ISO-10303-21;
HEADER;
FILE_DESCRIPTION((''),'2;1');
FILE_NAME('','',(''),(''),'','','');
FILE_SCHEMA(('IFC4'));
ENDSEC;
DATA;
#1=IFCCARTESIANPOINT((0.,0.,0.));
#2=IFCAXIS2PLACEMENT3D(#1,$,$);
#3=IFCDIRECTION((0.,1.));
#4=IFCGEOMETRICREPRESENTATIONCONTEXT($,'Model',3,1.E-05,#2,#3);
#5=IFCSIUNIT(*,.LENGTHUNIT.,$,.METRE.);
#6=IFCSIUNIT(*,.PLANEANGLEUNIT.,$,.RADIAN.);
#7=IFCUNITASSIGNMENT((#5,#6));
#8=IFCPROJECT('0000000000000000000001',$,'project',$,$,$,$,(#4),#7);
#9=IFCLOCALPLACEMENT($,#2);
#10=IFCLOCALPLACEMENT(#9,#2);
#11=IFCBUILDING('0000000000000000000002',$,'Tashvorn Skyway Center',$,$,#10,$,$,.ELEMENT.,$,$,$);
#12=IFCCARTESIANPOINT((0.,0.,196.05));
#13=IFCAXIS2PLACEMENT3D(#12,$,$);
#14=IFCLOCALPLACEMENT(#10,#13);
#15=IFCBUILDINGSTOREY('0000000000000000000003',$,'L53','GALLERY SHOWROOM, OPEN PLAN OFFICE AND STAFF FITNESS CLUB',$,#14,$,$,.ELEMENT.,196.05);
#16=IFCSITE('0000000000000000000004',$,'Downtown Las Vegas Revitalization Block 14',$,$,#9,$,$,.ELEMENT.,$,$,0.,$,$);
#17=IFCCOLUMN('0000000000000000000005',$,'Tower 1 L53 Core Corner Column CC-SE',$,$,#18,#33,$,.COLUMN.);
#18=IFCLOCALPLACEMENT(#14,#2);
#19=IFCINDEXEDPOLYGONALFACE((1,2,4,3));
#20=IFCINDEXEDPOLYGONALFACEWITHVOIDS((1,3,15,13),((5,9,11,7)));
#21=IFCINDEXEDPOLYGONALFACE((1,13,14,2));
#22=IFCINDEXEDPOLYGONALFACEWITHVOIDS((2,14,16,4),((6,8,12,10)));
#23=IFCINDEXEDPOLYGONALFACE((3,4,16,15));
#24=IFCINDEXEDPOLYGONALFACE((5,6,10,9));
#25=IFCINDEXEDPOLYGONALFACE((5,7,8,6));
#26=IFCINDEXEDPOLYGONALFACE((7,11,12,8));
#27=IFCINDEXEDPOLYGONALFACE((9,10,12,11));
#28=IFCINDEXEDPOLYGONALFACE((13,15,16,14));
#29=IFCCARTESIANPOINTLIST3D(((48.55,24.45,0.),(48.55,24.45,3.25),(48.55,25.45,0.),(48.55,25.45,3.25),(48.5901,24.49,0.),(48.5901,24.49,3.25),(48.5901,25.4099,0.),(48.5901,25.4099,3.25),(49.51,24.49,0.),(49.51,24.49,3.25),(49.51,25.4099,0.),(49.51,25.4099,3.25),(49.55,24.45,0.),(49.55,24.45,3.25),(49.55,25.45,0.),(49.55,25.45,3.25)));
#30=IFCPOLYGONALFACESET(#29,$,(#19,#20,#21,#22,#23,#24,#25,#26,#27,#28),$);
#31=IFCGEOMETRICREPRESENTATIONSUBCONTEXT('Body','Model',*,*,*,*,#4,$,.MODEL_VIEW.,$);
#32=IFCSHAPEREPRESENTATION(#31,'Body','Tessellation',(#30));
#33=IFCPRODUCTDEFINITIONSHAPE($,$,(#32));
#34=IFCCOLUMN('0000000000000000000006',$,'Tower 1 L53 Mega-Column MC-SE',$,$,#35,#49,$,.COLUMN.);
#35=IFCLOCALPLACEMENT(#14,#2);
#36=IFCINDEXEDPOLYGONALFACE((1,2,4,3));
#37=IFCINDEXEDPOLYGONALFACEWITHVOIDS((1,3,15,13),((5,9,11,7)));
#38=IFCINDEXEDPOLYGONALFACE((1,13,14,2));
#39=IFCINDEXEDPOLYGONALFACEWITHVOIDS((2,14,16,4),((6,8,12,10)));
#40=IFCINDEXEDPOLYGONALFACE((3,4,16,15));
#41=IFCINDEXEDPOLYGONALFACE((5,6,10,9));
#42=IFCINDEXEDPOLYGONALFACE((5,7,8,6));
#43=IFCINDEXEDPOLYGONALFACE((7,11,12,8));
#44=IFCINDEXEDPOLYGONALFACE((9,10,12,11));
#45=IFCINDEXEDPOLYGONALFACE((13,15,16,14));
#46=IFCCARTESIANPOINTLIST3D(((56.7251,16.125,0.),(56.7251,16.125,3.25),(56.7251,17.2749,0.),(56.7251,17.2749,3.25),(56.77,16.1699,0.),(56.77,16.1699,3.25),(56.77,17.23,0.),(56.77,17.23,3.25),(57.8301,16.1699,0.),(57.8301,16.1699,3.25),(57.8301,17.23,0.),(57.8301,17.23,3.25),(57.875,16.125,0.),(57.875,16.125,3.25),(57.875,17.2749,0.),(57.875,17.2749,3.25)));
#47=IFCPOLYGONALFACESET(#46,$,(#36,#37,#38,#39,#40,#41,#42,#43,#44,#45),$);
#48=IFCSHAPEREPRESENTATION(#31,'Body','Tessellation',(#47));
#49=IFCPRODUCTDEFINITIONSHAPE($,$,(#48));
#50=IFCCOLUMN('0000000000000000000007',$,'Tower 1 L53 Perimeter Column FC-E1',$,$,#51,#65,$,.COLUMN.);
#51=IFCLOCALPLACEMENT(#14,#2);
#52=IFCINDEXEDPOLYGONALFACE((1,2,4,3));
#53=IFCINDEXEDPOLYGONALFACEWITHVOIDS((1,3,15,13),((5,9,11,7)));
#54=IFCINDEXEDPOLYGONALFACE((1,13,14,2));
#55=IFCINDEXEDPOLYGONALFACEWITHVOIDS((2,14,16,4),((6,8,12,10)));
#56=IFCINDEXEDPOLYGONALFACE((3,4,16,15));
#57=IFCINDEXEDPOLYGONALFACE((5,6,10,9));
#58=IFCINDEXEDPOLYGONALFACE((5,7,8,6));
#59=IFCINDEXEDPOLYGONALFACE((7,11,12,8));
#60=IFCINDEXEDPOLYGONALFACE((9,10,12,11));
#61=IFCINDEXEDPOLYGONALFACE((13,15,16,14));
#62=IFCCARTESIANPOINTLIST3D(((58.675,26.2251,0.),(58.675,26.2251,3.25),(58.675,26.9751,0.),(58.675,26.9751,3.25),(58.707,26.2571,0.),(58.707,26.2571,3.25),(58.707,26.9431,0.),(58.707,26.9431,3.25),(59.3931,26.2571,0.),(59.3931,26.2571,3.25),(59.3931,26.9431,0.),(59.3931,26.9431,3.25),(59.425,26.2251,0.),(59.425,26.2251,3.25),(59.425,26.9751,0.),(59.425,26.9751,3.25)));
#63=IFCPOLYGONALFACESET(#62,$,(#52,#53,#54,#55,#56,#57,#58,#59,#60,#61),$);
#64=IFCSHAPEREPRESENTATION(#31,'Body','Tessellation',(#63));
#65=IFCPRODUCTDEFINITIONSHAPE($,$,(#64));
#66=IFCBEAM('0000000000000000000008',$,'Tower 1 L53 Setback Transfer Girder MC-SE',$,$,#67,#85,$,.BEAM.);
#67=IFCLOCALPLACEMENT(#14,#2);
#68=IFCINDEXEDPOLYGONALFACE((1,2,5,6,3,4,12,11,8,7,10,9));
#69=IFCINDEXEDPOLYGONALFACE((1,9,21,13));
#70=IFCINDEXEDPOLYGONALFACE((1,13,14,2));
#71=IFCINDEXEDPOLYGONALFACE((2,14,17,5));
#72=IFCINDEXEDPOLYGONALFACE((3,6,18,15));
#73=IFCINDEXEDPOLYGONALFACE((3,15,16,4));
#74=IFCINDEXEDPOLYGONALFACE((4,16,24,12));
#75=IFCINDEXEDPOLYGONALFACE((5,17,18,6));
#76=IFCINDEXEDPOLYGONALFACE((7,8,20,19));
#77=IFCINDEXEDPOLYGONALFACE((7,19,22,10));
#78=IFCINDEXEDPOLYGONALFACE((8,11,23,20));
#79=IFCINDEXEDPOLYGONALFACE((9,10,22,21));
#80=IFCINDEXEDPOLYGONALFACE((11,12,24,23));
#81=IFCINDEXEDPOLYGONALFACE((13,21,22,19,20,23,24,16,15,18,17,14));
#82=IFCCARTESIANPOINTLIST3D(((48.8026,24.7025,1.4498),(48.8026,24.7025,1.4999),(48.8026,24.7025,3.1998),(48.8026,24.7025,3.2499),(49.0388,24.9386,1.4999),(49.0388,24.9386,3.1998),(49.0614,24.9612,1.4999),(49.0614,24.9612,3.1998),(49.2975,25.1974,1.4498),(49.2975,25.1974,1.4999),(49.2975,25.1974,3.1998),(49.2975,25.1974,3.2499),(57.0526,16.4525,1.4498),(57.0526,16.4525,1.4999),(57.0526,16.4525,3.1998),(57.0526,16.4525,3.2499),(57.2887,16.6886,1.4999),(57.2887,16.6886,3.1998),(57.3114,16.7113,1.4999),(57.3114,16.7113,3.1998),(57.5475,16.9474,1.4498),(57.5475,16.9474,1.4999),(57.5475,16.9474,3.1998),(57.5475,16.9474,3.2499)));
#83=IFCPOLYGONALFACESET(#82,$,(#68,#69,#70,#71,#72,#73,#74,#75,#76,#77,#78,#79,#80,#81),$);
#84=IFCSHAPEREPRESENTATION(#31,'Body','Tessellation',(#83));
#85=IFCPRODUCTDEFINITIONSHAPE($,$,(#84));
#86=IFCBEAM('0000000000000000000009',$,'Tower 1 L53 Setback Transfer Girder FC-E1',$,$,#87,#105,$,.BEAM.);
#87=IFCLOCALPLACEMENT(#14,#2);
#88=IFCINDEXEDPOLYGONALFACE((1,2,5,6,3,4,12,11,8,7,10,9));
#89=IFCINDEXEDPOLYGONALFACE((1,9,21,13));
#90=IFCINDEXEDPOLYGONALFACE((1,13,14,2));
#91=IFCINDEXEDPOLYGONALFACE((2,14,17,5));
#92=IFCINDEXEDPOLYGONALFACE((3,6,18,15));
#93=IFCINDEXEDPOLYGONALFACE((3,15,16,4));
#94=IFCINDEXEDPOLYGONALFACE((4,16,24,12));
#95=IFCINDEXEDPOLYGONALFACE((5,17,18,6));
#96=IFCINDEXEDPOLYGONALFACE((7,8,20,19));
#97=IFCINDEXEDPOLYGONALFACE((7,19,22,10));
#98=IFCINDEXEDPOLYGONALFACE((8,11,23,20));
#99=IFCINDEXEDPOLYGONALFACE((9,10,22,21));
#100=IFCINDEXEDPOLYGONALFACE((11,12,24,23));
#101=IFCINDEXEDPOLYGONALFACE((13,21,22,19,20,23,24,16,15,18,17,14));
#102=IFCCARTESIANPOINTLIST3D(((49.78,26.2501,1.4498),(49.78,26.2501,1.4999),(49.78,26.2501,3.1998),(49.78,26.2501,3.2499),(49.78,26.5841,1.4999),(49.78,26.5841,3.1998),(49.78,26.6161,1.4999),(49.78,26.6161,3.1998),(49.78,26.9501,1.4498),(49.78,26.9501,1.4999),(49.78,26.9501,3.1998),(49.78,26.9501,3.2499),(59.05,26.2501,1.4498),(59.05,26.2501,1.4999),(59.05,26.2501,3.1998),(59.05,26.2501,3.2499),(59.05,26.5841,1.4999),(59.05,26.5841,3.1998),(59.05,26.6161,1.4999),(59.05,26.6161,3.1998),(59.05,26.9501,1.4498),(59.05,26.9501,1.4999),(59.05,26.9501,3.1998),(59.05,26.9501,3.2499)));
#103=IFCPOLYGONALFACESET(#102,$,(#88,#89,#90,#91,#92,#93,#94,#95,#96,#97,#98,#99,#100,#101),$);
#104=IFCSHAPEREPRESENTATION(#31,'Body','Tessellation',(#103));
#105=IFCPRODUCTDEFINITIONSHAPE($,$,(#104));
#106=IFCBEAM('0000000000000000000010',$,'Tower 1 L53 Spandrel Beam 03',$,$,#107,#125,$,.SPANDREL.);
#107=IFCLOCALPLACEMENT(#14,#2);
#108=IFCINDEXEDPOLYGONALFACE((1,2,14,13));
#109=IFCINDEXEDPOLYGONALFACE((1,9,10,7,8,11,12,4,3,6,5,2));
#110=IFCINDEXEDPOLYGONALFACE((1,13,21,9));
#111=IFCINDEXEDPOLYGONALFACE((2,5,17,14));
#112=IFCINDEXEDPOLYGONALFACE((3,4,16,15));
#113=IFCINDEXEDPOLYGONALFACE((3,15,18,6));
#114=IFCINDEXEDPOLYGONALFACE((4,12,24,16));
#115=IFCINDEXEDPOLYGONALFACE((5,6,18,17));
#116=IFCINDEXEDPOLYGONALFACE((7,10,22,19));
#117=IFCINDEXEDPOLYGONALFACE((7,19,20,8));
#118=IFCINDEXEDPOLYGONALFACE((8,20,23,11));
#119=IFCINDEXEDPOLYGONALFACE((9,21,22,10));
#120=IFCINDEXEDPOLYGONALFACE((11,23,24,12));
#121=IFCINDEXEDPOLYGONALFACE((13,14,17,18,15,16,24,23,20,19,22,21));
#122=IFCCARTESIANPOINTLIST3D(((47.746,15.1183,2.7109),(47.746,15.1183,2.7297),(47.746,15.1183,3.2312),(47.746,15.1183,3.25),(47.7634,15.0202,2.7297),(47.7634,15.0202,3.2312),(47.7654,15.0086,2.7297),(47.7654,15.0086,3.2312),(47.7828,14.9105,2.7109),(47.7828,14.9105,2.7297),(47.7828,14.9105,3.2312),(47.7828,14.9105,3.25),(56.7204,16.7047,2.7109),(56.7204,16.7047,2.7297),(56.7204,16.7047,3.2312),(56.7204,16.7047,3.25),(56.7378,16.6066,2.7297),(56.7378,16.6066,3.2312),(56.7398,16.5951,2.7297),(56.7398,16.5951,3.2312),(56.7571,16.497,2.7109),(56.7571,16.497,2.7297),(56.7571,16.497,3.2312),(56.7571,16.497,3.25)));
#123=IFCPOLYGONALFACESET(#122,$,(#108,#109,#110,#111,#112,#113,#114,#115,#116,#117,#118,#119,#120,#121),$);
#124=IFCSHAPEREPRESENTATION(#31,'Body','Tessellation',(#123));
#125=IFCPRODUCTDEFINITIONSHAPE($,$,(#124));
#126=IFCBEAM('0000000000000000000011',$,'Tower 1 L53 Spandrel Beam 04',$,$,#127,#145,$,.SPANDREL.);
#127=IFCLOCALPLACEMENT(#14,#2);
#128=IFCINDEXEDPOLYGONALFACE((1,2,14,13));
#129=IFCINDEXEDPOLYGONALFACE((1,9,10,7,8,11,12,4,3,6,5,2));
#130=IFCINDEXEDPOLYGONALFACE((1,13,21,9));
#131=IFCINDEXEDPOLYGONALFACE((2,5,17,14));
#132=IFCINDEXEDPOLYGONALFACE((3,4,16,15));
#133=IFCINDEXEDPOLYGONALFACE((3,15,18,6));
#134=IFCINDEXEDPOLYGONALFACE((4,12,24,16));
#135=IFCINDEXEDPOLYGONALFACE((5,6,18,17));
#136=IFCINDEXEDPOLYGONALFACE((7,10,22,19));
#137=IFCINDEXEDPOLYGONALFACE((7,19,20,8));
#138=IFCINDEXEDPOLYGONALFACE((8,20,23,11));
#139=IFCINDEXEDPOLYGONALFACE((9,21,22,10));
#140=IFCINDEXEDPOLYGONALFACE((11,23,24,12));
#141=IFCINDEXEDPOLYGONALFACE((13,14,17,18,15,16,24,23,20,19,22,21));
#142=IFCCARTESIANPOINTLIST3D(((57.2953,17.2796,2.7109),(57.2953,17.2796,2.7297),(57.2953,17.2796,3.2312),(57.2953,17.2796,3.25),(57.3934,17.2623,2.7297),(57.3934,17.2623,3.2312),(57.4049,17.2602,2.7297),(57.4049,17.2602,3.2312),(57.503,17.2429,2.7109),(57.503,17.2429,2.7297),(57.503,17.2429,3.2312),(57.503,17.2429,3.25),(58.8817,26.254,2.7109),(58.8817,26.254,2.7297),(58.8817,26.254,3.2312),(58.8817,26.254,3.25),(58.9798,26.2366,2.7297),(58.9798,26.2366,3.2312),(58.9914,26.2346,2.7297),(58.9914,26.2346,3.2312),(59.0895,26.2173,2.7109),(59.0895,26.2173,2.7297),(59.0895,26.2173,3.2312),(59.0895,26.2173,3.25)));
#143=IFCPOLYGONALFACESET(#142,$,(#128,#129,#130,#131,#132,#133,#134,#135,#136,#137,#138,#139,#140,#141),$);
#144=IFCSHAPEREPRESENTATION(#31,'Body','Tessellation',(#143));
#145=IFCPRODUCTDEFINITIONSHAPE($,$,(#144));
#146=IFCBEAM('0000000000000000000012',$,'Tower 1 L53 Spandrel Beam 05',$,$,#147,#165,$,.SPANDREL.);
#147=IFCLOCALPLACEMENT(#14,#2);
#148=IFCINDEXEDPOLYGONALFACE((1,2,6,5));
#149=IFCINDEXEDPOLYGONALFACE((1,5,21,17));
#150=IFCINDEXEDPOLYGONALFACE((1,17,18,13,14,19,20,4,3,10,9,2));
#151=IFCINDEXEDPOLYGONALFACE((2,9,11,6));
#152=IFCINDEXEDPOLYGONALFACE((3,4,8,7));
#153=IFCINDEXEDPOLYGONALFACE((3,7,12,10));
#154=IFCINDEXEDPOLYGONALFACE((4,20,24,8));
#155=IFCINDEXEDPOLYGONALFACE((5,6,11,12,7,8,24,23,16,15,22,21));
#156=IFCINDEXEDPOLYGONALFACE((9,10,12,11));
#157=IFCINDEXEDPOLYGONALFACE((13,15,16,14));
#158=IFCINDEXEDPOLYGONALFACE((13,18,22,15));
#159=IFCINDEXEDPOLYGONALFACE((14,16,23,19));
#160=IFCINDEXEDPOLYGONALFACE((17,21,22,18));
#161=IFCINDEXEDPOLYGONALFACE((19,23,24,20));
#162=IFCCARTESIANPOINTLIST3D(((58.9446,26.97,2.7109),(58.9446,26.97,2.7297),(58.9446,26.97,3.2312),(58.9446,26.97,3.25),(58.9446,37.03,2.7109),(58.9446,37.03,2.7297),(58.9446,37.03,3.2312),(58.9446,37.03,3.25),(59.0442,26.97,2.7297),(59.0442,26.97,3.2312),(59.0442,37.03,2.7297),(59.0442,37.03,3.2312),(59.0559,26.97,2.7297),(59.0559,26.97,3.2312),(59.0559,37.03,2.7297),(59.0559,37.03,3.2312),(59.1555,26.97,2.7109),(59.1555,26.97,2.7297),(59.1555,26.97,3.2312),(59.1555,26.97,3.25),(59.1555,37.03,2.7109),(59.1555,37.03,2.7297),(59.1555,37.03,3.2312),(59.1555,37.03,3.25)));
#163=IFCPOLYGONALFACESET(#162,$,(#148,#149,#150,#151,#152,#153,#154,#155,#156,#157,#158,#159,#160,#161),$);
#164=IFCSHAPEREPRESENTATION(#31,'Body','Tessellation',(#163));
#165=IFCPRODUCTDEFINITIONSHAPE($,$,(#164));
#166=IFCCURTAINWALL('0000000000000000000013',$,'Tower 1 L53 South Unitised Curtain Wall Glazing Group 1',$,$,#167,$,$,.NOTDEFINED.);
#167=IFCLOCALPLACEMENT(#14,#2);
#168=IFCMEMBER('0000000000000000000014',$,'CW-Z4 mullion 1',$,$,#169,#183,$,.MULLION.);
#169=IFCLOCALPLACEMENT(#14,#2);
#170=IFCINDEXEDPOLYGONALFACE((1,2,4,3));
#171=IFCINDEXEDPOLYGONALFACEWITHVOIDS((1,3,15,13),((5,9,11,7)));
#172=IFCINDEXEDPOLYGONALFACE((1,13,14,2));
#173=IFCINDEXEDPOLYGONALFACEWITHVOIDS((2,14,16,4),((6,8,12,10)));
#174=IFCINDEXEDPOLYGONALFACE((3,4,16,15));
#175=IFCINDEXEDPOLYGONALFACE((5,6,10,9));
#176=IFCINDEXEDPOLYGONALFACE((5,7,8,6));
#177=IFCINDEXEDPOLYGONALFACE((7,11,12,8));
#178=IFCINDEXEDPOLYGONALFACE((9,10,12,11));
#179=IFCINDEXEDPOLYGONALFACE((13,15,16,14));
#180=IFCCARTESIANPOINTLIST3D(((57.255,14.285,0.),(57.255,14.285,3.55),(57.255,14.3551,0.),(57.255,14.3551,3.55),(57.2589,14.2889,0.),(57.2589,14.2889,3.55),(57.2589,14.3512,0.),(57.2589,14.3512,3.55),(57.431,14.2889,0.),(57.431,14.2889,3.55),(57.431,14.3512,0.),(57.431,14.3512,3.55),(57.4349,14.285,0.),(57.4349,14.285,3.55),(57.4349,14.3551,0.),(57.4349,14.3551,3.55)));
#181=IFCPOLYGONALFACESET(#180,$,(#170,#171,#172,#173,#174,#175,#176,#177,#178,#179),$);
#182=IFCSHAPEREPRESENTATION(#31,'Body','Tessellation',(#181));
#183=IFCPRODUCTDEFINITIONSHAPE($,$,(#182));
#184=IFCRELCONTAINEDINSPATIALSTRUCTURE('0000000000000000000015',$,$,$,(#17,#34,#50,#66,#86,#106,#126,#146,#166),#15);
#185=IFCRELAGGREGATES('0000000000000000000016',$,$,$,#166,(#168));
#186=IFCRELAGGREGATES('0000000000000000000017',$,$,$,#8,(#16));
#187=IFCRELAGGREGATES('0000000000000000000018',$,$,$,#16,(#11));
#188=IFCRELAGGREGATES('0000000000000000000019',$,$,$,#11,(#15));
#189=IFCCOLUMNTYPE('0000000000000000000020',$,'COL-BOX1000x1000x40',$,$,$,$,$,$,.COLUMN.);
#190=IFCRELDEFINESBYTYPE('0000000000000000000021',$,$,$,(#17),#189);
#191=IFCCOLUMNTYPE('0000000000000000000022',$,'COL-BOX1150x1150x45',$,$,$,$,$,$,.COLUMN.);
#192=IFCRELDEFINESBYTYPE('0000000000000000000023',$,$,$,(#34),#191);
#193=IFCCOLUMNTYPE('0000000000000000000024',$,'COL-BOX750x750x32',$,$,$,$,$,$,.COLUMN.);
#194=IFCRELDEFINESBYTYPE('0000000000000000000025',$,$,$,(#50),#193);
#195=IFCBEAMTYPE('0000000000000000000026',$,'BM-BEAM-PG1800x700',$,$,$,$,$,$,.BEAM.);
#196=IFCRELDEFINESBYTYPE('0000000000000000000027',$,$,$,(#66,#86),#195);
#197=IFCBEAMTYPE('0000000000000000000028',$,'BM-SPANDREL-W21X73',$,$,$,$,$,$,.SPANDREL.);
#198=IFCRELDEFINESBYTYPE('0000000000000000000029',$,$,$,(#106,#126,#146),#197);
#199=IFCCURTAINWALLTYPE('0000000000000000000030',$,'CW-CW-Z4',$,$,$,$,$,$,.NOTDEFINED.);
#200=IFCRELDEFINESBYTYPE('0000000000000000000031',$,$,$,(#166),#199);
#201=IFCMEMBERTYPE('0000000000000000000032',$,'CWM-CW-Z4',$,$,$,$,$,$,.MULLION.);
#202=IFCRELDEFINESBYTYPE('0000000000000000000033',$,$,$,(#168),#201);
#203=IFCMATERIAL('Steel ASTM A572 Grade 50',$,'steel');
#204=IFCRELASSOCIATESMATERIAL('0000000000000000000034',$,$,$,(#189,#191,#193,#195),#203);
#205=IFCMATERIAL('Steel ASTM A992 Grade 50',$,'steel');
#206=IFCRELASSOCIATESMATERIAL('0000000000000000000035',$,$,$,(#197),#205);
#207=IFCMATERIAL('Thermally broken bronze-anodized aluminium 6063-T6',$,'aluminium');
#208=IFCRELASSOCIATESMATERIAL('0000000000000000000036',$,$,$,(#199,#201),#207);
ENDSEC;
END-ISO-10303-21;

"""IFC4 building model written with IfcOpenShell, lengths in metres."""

from ifc_helpers import new_model, si_unit, direction, frame, origin, origin_2d, place, context, subcontext, project, spatial, hollow_rectangle, i_section, extrude, material, material_profile, profile_set, type_object, element, aggregate, save


model = new_model("IFC4")

# Units and contexts
model_context = context("Model", 3, precision=1e-05, world=origin(), true_north=direction((0.0, 1.0)))
body_context = subcontext(model_context, "Body", "Model", "MODEL_VIEW")
ifc_project = project(units=[si_unit("LENGTHUNIT", "METRE"), si_unit("PLANEANGLEUNIT", "RADIAN")], contexts=[model_context])

# Site, building, storey
site_placement = place(None, origin())
site = spatial("IfcSite", under=ifc_project, at=site_placement, Name="Downtown Las Vegas Revitalization Block 14", CompositionType="ELEMENT", RefElevation=0.0)
building_placement = place(site_placement, origin())
building = spatial("IfcBuilding", under=site, at=building_placement, Name="Tashvorn Skyway Center", CompositionType="ELEMENT")
storey_placement = place(building_placement, frame((0.0, 0.0, 196.05)))
storey = spatial("IfcBuildingStorey", under=building, at=storey_placement, Name="L53", Description="GALLERY SHOWROOM, OPEN PLAN OFFICE AND STAFF FITNESS CLUB", CompositionType="ELEMENT", Elevation=196.05)

# Columns
ifc_material_1 = material(Name="Steel ASTM A572 Grade 50", Category="steel")
ifc_material_profile_1 = material_profile(ifc_material_1, hollow_rectangle(XDim=1.0, YDim=1.0, WallThickness=0.04, at=origin_2d()), Name="BOX1000x1000x40")
ifc_profile_set_1 = profile_set([ifc_material_profile_1], Name="Steel ASTM A572 Grade 50")
column_type_1 = type_object("IfcColumnType", Name="COL-BOX1000x1000x40", PredefinedType="COLUMN", material=ifc_profile_set_1)
column_1_placement = place(storey_placement, frame((49.05, 24.95, 0.0), z_axis=(0.0, 0.0, 1.0), x_axis=(1.0, 0.0, 0.0)))
element("IfcColumn", 1, at=column_1_placement, inside=storey, type_object=column_type_1, Name="Tower 1 L53 Core Corner Column CC-SE", PredefinedType="COLUMN", context=body_context, shape_type="SweptSolid", body=[
    extrude(hollow_rectangle(XDim=1.0, YDim=1.0, WallThickness=0.04, at=origin_2d()), origin(), (0.0, 0.0, 1.0), 3.25),
])
ifc_material_profile_2 = material_profile(ifc_material_1, hollow_rectangle(XDim=1.1499, YDim=1.1499, WallThickness=0.0449, at=origin_2d()), Name="BOX1150x1150x45")
ifc_profile_set_2 = profile_set([ifc_material_profile_2], Name="Steel ASTM A572 Grade 50")
column_type_2 = type_object("IfcColumnType", Name="COL-BOX1150x1150x45", PredefinedType="COLUMN", material=ifc_profile_set_2)
column_2_placement = place(storey_placement, frame((57.3, 16.7, 0.0), z_axis=(0.0, 0.0, 1.0), x_axis=(1.0, 0.0, 0.0)))
element("IfcColumn", 2, at=column_2_placement, inside=storey, type_object=column_type_2, Name="Tower 1 L53 Mega-Column MC-SE", PredefinedType="COLUMN", context=body_context, shape_type="SweptSolid", body=[
    extrude(hollow_rectangle(XDim=1.1499, YDim=1.1499, WallThickness=0.0449, at=origin_2d()), origin(), (0.0, 0.0, 1.0), 3.25),
])
ifc_material_profile_3 = material_profile(ifc_material_1, hollow_rectangle(XDim=0.75, YDim=0.75, WallThickness=0.032, at=origin_2d()), Name="BOX750x750x32")
ifc_profile_set_3 = profile_set([ifc_material_profile_3], Name="Steel ASTM A572 Grade 50")
column_type_3 = type_object("IfcColumnType", Name="COL-BOX750x750x32", PredefinedType="COLUMN", material=ifc_profile_set_3)
column_3_placement = place(storey_placement, frame((59.05, 26.6001, 0.0), z_axis=(0.0, 0.0, 1.0), x_axis=(1.0, 0.0, 0.0)))
element("IfcColumn", 3, at=column_3_placement, inside=storey, type_object=column_type_3, Name="Tower 1 L53 Perimeter Column FC-E1", PredefinedType="COLUMN", context=body_context, shape_type="SweptSolid", body=[
    extrude(hollow_rectangle(XDim=0.75, YDim=0.75, WallThickness=0.032, at=origin_2d()), origin(), (0.0, 0.0, 1.0), 3.25),
])

# Beams
ifc_material_profile_4 = material_profile(ifc_material_1, i_section(OverallWidth=0.7, OverallDepth=1.8, WebThickness=0.032, FlangeThickness=0.05, at=origin_2d()), Name="PG1800x700")
ifc_profile_set_4 = profile_set([ifc_material_profile_4], Name="Steel ASTM A572 Grade 50")
beam_type_1 = type_object("IfcBeamType", Name="BM-BEAM-PG1800x700", PredefinedType="BEAM", material=ifc_profile_set_4)
beam_1_placement = place(storey_placement, frame((57.3, 16.7, 2.3499), z_axis=(-0.707107, 0.707107, 0.0), x_axis=(-0.707107, -0.707107, 0.0)))
element("IfcBeam", 4, at=beam_1_placement, inside=storey, type_object=beam_type_1, Name="Tower 1 L53 Setback Transfer Girder MC-SE", PredefinedType="BEAM", context=body_context, shape_type="SweptSolid", body=[
    extrude(i_section(OverallWidth=0.7, OverallDepth=1.8, WebThickness=0.032, FlangeThickness=0.05, at=origin_2d()), origin(), (0.0, 0.0, 1.0), 11.6672),
])
beam_2_placement = place(storey_placement, frame((59.05, 26.6001, 2.3499), z_axis=(-1.0, 0.0, 0.0), x_axis=(0.0, -1.0, 0.0)))
element("IfcBeam", 5, at=beam_2_placement, inside=storey, type_object=beam_type_1, Name="Tower 1 L53 Setback Transfer Girder FC-E1", PredefinedType="BEAM", context=body_context, shape_type="SweptSolid", body=[
    extrude(i_section(OverallWidth=0.7, OverallDepth=1.8, WebThickness=0.032, FlangeThickness=0.05, at=origin_2d()), origin(), (0.0, 0.0, 1.0), 9.27),
])
ifc_material_2 = material(Name="Steel ASTM A992 Grade 50", Category="steel")
ifc_material_profile_5 = material_profile(ifc_material_2, i_section(OverallWidth=0.2109, OverallDepth=0.5391, WebThickness=0.0117, FlangeThickness=0.0188, at=origin_2d()), Name="W21X73")
ifc_profile_set_5 = profile_set([ifc_material_profile_5], Name="Steel ASTM A992 Grade 50")
beam_type_2 = type_object("IfcBeamType", Name="BM-SPANDREL-W21X73", PredefinedType="SPANDREL", material=ifc_profile_set_5)
for number, where, z_axis, x_axis, name in (
    (6, (47.7644, 15.0144, 2.9805), (0.984733, 0.174074, 0.0), (-0.174074, 0.984733, 0.0), "Tower 1 L53 Spandrel Beam 03"),
    (7, (57.3992, 17.2612, 2.9805), (0.174074, 0.984733, 0.0), (-0.984733, 0.174074, 0.0), "Tower 1 L53 Spandrel Beam 04"),
):
    element("IfcBeam", number, at=place(storey_placement, frame(where, z_axis=z_axis, x_axis=x_axis)), inside=storey, type_object=beam_type_2, Name=name, PredefinedType="SPANDREL", context=body_context, shape_type="SweptSolid", body=[
        extrude(i_section(OverallWidth=0.2109, OverallDepth=0.5391, WebThickness=0.0117, FlangeThickness=0.0188, at=origin_2d()), origin(), (0.0, 0.0, 1.0), 9.1135),
    ])
beam_3_placement = place(storey_placement, frame((59.05, 26.97, 2.9805), z_axis=(0.0, 1.0, 0.0), x_axis=(-1.0, 0.0, 0.0)))
element("IfcBeam", 8, at=beam_3_placement, inside=storey, type_object=beam_type_2, Name="Tower 1 L53 Spandrel Beam 05", PredefinedType="SPANDREL", context=body_context, shape_type="SweptSolid", body=[
    extrude(i_section(OverallWidth=0.2109, OverallDepth=0.5391, WebThickness=0.0117, FlangeThickness=0.0188, at=origin_2d()), origin(), (0.0, 0.0, 1.0), 10.0601),
])

# Curtain wall, member
ifc_material_3 = material(Name="Thermally broken bronze-anodized aluminium 6063-T6", Category="aluminium")
curtain_wall_type = type_object("IfcCurtainWallType", Name="CW-CW-Z4", PredefinedType="NOTDEFINED", material=ifc_material_3)
curtain_wall_1_placement = place(storey_placement, origin())
curtain_wall_1 = element("IfcCurtainWall", 9, at=curtain_wall_1_placement, inside=storey, type_object=curtain_wall_type, Name="Tower 1 L53 South Unitised Curtain Wall Glazing Group 1", PredefinedType="NOTDEFINED")
ifc_material_profile_6 = material_profile(ifc_material_3, hollow_rectangle(XDim=0.0701, YDim=0.1799, WallThickness=0.0039, at=origin_2d()), Name="ALU-MULL-70x180")
ifc_profile_set_6 = profile_set([ifc_material_profile_6], Name="Thermally broken bronze-anodized aluminium 6063-T6")
member_type_1 = type_object("IfcMemberType", Name="CWM-CW-Z4", PredefinedType="MULLION", material=ifc_profile_set_6)
member_1_placement = place(storey_placement, frame((57.345, 14.3201, 0.0), z_axis=(0.0, 0.0, 1.0), x_axis=(0.0, -1.0, 0.0)))
member_1 = element("IfcMember", 10, at=member_1_placement, type_object=member_type_1, Name="CW-Z4 mullion 1", PredefinedType="MULLION", context=body_context, shape_type="SweptSolid", body=[
    extrude(hollow_rectangle(XDim=0.0701, YDim=0.1799, WallThickness=0.0039, at=origin_2d()), origin(), (0.0, 0.0, 1.0), 3.55),
])

aggregate(curtain_wall_1, [member_1])

save(model, "model.ifc")
